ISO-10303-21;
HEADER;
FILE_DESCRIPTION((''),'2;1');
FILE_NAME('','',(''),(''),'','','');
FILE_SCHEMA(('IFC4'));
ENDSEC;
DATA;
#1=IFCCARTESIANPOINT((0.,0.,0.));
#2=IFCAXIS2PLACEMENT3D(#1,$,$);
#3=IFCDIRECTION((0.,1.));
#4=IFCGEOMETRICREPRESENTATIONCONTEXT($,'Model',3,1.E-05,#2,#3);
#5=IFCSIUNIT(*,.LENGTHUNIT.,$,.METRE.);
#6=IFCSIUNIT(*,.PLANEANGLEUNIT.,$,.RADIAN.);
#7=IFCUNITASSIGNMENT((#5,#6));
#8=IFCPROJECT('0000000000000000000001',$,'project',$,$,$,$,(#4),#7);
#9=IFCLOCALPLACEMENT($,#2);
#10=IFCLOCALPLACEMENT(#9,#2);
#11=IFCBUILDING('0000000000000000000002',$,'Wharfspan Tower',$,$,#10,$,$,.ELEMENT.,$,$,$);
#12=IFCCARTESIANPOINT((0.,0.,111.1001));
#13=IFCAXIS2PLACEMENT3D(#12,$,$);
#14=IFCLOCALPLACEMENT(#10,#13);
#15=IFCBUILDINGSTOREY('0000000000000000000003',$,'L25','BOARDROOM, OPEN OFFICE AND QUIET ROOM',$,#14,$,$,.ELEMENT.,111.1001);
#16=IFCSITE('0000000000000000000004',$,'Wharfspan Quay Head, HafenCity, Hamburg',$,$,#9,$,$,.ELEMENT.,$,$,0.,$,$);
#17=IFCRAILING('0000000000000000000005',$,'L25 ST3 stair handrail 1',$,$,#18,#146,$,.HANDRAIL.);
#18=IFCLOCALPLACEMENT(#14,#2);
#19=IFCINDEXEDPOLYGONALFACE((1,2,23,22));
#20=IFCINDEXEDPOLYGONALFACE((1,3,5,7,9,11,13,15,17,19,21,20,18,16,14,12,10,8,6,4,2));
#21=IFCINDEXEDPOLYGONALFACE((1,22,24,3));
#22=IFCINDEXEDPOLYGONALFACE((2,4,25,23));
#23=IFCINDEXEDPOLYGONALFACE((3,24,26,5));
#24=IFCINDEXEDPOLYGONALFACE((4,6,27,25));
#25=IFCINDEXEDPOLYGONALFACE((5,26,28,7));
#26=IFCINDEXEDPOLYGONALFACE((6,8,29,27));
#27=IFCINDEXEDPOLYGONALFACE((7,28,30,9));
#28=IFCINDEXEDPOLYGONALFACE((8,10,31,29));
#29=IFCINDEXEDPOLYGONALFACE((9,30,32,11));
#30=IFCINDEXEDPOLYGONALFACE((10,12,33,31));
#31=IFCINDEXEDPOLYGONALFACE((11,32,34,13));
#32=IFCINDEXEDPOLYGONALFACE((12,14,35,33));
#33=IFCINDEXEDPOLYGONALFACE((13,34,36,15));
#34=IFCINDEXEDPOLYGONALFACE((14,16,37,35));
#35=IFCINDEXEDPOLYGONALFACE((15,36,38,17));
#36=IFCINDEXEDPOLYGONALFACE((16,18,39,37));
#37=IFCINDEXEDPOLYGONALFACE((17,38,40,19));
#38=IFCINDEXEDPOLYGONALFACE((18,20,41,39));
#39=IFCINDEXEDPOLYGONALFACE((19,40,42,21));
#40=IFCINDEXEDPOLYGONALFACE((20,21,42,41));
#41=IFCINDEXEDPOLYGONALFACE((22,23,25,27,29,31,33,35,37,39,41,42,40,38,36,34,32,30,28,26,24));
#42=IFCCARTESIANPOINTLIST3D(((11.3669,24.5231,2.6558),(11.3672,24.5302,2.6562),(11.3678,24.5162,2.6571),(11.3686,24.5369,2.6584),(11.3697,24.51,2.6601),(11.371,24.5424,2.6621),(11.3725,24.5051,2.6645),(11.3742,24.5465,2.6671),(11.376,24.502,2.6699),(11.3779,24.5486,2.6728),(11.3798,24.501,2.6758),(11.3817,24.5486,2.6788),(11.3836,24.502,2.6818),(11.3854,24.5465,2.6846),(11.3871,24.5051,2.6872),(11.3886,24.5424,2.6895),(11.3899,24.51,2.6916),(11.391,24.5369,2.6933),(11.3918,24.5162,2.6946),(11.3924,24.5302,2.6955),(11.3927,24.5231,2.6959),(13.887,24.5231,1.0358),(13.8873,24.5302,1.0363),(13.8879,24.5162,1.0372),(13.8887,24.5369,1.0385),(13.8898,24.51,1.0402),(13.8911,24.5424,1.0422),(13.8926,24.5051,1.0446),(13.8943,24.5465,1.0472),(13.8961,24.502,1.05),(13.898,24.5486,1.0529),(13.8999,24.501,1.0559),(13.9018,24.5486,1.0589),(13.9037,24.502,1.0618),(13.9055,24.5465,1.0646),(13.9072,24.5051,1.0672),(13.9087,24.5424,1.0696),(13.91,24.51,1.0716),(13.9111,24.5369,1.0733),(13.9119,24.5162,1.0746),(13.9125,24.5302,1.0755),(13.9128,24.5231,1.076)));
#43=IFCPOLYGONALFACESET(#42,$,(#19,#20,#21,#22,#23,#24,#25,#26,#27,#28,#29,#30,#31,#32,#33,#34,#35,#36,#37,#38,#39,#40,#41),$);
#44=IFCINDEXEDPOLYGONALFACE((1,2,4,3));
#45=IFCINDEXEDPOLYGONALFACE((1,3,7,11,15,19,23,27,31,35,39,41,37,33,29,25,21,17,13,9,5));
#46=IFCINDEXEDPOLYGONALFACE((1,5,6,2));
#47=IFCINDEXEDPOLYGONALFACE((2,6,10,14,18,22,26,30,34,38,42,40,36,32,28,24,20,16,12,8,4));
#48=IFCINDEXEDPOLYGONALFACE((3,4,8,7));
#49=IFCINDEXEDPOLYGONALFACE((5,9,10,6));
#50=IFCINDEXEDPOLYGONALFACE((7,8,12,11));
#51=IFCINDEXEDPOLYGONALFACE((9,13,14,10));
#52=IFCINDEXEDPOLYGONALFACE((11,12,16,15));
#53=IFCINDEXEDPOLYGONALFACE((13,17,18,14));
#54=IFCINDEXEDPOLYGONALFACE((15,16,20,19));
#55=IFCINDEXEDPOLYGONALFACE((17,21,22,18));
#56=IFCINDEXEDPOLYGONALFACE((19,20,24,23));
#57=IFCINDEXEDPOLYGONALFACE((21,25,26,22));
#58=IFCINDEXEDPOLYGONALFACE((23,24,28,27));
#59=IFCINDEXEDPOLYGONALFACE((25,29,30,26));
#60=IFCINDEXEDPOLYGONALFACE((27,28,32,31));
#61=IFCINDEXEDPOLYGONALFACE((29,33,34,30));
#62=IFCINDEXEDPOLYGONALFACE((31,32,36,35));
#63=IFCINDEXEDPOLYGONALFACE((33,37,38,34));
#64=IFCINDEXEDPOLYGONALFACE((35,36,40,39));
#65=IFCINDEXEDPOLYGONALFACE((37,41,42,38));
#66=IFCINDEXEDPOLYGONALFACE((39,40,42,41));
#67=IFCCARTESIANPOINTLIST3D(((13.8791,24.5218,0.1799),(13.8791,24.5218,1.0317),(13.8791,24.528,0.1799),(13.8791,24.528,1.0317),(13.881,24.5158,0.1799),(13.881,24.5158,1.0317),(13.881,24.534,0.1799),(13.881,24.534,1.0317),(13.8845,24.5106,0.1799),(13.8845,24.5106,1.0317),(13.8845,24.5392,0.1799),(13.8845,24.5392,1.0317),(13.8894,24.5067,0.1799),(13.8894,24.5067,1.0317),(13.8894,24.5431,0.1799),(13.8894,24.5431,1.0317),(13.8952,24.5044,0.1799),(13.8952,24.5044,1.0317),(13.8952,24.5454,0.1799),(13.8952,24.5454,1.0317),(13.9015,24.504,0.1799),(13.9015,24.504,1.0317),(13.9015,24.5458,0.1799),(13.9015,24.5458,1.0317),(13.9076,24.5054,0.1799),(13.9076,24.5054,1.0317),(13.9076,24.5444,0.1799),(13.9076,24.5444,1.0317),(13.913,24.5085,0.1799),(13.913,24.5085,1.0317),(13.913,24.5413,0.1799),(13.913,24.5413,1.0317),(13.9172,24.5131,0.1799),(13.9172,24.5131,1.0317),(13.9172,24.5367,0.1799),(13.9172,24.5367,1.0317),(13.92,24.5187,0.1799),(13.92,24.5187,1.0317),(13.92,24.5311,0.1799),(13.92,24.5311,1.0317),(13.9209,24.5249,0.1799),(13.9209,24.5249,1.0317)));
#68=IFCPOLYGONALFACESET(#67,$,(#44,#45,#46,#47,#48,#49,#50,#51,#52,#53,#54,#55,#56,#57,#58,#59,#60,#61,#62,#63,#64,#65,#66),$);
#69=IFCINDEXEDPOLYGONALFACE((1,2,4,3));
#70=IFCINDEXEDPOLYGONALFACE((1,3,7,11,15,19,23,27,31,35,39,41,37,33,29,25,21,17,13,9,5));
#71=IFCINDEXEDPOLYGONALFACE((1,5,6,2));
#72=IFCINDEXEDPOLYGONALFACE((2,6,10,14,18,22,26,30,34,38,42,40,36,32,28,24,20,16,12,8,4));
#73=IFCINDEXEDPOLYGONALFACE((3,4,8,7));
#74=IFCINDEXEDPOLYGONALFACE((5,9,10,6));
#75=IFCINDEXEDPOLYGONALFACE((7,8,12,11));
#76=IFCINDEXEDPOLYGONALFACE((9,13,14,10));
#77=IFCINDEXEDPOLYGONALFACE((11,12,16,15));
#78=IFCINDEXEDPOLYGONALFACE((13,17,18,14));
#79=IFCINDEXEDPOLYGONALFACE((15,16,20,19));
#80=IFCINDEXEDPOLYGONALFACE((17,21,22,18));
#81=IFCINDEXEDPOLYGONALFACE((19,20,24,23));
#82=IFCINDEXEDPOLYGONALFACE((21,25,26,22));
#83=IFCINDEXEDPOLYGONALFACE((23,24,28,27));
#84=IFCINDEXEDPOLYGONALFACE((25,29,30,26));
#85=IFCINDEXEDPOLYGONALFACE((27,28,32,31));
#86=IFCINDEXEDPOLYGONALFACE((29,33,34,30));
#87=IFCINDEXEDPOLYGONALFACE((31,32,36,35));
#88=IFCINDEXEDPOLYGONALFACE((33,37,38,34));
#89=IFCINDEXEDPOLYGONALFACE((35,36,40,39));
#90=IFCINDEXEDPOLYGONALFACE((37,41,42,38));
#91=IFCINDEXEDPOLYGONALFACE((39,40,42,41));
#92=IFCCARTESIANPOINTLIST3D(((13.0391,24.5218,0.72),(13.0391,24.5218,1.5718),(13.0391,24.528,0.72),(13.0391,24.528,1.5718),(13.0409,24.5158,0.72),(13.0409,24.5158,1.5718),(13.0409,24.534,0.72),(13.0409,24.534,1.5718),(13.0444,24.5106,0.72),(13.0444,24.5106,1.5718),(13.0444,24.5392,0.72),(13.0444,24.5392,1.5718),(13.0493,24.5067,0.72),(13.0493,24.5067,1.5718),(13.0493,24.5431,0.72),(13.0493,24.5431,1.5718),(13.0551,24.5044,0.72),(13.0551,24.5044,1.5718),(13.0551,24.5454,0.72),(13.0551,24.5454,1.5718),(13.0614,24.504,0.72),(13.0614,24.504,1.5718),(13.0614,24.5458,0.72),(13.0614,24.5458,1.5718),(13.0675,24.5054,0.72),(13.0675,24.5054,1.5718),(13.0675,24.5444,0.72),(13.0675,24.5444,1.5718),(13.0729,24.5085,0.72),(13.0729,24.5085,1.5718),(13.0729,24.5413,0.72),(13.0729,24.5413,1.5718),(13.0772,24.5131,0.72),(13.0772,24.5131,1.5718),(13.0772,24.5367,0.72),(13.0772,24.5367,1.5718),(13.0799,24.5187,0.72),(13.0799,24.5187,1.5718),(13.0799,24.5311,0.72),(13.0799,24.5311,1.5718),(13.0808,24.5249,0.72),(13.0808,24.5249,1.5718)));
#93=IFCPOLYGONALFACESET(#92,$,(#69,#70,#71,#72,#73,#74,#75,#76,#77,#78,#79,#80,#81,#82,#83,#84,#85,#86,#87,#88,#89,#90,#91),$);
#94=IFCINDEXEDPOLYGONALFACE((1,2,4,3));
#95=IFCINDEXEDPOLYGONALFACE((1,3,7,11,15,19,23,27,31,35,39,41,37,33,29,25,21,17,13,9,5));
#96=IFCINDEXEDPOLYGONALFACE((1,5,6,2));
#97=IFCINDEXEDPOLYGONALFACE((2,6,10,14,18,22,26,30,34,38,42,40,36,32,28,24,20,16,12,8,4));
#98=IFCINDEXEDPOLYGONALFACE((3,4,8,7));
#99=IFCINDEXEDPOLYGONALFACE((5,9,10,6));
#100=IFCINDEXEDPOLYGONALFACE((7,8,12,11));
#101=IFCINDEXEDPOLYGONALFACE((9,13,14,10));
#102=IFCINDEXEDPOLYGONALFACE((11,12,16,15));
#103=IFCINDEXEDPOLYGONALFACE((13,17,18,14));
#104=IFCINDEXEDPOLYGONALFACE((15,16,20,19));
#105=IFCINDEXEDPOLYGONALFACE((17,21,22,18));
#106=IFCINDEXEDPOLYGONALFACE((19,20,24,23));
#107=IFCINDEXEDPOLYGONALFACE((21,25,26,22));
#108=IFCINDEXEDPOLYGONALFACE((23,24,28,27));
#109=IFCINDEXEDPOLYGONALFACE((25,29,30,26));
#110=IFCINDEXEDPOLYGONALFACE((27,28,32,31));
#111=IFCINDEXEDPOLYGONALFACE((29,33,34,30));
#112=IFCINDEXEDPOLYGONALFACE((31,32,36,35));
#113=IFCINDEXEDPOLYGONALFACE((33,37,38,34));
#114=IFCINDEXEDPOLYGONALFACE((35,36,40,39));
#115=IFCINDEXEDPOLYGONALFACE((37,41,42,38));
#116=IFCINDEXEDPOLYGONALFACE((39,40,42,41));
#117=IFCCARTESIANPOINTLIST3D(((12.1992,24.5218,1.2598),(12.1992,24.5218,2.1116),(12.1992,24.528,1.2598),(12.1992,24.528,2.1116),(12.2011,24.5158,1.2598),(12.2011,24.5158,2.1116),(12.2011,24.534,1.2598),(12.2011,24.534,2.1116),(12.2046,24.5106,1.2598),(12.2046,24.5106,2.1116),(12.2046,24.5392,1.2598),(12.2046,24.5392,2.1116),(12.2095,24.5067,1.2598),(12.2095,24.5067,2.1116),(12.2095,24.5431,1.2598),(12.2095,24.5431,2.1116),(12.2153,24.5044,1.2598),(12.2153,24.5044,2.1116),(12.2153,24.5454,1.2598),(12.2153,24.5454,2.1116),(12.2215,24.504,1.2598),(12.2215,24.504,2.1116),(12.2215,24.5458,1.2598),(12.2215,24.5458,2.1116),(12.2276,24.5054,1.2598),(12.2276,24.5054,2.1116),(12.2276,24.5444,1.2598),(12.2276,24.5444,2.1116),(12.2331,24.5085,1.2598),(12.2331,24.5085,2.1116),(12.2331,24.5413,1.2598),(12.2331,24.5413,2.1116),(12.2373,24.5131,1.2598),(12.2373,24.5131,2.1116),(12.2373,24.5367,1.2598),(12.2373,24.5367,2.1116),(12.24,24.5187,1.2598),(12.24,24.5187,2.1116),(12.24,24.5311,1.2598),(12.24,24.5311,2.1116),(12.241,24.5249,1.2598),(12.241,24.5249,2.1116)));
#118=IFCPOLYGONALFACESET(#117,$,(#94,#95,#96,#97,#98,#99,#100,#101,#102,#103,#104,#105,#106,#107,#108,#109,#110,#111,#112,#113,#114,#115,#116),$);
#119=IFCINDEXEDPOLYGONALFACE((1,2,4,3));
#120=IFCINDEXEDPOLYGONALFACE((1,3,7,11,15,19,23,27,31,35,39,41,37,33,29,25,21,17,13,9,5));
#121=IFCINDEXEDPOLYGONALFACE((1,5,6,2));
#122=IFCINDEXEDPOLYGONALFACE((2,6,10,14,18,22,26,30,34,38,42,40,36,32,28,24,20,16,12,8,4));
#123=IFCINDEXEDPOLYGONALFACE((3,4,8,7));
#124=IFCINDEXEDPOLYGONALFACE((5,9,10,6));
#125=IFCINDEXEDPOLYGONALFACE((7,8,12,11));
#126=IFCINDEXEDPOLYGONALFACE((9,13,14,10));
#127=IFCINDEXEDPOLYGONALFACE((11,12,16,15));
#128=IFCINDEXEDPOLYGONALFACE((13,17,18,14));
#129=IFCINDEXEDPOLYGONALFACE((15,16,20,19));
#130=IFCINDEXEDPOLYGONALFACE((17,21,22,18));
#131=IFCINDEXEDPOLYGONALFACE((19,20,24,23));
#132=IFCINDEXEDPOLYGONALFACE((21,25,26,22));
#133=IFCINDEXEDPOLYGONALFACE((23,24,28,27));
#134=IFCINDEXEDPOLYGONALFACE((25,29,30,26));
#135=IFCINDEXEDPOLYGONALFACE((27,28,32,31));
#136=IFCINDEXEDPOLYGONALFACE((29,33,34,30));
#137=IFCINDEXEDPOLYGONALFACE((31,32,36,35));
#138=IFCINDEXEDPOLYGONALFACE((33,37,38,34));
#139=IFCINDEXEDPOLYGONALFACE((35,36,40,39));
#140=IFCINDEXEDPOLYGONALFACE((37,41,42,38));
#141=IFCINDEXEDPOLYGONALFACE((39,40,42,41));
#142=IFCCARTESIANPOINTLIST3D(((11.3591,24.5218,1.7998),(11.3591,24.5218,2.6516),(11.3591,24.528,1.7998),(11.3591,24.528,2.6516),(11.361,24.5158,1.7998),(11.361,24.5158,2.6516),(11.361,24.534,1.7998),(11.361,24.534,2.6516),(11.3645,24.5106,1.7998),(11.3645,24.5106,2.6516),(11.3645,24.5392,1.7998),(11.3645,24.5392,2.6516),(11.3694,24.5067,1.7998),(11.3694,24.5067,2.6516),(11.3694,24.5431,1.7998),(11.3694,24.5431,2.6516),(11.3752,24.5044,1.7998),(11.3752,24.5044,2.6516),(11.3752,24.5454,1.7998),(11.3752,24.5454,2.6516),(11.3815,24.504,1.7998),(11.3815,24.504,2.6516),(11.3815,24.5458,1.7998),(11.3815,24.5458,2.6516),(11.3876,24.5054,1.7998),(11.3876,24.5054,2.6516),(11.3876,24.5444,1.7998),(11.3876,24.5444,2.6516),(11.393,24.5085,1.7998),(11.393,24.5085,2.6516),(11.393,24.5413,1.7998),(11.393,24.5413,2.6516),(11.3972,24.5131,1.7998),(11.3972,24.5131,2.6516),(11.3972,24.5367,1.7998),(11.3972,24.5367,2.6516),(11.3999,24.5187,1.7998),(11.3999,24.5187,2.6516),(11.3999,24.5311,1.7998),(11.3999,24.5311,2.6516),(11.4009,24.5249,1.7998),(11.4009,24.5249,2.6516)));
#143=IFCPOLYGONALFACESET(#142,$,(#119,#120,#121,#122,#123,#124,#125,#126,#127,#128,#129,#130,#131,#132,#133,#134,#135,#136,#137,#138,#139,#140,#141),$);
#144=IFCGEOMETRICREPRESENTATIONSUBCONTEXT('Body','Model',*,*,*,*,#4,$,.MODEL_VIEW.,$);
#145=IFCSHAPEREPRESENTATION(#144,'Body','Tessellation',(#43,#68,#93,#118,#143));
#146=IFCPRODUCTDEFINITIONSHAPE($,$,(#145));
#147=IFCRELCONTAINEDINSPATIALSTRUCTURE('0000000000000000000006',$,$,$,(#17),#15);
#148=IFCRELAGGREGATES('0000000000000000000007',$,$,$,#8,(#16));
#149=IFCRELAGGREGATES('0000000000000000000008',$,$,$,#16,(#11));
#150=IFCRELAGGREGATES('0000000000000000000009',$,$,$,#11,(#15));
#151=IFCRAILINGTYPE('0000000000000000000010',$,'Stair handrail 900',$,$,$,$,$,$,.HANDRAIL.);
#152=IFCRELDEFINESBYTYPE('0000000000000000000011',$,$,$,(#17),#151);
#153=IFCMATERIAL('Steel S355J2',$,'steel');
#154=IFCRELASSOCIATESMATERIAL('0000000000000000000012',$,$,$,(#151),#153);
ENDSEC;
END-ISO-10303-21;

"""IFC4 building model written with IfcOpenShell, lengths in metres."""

from ifc_helpers import new_model, si_unit, direction, frame, origin, origin_2d, place, context, subcontext, project, spatial, circle, extrude, material, type_object, element, save


model = new_model("IFC4")

# Units and contexts
model_context = context("Model", 3, precision=1e-05, world=origin(), true_north=direction((0.0, 1.0)))
body_context = subcontext(model_context, "Body", "Model", "MODEL_VIEW")
ifc_project = project(units=[si_unit("LENGTHUNIT", "METRE"), si_unit("PLANEANGLEUNIT", "RADIAN")], contexts=[model_context])

# Site, building, storey
site_placement = place(None, origin())
site = spatial("IfcSite", under=ifc_project, at=site_placement, Name="Wharfspan Quay Head, HafenCity, Hamburg", CompositionType="ELEMENT", RefElevation=0.0)
building_placement = place(site_placement, origin())
building = spatial("IfcBuilding", under=site, at=building_placement, Name="Wharfspan Tower", CompositionType="ELEMENT")
storey_placement = place(building_placement, frame((0.0, 0.0, 111.1001)))
storey = spatial("IfcBuildingStorey", under=building, at=storey_placement, Name="L25", Description="BOARDROOM, OPEN OFFICE AND QUIET ROOM", CompositionType="ELEMENT", Elevation=111.1001)

# Shared definitions
ifc_material_1 = material(Name="Steel S355J2", Category="steel")

# Railing
railing_type_1 = type_object("IfcRailingType", Name="Stair handrail 900", PredefinedType="HANDRAIL", material=ifc_material_1)
railing_1_placement = place(storey_placement, frame((13.8999, 24.5249, 0.1799)))
element("IfcRailing", 1, at=railing_1_placement, inside=storey, type_object=railing_type_1, Name="L25 ST3 stair handrail 1", PredefinedType="HANDRAIL", context=body_context, shape_type="SweptSolid", body=[
    extrude(circle(Radius=0.0239, at=origin_2d()), frame((0.0, 0.0, 0.876), z_axis=(-0.8412, 0.0, 0.540725), x_axis=(0.0, -1.0, 0.0)), (0.0, 0.0, 1.0), 2.9958),
    extrude(circle(Radius=0.021, at=origin_2d()), origin(), (0.0, 0.0, 1.0), 0.8518),
    extrude(circle(Radius=0.021, at=origin_2d()), frame((-0.8401, 0.0, 0.54)), (0.0, 0.0, 1.0), 0.8518),
    extrude(circle(Radius=0.021, at=origin_2d()), frame((-1.6799, 0.0, 1.0798)), (0.0, 0.0, 1.0), 0.8518),
    extrude(circle(Radius=0.021, at=origin_2d()), frame((-2.52, 0.0, 1.6199)), (0.0, 0.0, 1.0), 0.8518),
])

save(model, "model.ifc")
